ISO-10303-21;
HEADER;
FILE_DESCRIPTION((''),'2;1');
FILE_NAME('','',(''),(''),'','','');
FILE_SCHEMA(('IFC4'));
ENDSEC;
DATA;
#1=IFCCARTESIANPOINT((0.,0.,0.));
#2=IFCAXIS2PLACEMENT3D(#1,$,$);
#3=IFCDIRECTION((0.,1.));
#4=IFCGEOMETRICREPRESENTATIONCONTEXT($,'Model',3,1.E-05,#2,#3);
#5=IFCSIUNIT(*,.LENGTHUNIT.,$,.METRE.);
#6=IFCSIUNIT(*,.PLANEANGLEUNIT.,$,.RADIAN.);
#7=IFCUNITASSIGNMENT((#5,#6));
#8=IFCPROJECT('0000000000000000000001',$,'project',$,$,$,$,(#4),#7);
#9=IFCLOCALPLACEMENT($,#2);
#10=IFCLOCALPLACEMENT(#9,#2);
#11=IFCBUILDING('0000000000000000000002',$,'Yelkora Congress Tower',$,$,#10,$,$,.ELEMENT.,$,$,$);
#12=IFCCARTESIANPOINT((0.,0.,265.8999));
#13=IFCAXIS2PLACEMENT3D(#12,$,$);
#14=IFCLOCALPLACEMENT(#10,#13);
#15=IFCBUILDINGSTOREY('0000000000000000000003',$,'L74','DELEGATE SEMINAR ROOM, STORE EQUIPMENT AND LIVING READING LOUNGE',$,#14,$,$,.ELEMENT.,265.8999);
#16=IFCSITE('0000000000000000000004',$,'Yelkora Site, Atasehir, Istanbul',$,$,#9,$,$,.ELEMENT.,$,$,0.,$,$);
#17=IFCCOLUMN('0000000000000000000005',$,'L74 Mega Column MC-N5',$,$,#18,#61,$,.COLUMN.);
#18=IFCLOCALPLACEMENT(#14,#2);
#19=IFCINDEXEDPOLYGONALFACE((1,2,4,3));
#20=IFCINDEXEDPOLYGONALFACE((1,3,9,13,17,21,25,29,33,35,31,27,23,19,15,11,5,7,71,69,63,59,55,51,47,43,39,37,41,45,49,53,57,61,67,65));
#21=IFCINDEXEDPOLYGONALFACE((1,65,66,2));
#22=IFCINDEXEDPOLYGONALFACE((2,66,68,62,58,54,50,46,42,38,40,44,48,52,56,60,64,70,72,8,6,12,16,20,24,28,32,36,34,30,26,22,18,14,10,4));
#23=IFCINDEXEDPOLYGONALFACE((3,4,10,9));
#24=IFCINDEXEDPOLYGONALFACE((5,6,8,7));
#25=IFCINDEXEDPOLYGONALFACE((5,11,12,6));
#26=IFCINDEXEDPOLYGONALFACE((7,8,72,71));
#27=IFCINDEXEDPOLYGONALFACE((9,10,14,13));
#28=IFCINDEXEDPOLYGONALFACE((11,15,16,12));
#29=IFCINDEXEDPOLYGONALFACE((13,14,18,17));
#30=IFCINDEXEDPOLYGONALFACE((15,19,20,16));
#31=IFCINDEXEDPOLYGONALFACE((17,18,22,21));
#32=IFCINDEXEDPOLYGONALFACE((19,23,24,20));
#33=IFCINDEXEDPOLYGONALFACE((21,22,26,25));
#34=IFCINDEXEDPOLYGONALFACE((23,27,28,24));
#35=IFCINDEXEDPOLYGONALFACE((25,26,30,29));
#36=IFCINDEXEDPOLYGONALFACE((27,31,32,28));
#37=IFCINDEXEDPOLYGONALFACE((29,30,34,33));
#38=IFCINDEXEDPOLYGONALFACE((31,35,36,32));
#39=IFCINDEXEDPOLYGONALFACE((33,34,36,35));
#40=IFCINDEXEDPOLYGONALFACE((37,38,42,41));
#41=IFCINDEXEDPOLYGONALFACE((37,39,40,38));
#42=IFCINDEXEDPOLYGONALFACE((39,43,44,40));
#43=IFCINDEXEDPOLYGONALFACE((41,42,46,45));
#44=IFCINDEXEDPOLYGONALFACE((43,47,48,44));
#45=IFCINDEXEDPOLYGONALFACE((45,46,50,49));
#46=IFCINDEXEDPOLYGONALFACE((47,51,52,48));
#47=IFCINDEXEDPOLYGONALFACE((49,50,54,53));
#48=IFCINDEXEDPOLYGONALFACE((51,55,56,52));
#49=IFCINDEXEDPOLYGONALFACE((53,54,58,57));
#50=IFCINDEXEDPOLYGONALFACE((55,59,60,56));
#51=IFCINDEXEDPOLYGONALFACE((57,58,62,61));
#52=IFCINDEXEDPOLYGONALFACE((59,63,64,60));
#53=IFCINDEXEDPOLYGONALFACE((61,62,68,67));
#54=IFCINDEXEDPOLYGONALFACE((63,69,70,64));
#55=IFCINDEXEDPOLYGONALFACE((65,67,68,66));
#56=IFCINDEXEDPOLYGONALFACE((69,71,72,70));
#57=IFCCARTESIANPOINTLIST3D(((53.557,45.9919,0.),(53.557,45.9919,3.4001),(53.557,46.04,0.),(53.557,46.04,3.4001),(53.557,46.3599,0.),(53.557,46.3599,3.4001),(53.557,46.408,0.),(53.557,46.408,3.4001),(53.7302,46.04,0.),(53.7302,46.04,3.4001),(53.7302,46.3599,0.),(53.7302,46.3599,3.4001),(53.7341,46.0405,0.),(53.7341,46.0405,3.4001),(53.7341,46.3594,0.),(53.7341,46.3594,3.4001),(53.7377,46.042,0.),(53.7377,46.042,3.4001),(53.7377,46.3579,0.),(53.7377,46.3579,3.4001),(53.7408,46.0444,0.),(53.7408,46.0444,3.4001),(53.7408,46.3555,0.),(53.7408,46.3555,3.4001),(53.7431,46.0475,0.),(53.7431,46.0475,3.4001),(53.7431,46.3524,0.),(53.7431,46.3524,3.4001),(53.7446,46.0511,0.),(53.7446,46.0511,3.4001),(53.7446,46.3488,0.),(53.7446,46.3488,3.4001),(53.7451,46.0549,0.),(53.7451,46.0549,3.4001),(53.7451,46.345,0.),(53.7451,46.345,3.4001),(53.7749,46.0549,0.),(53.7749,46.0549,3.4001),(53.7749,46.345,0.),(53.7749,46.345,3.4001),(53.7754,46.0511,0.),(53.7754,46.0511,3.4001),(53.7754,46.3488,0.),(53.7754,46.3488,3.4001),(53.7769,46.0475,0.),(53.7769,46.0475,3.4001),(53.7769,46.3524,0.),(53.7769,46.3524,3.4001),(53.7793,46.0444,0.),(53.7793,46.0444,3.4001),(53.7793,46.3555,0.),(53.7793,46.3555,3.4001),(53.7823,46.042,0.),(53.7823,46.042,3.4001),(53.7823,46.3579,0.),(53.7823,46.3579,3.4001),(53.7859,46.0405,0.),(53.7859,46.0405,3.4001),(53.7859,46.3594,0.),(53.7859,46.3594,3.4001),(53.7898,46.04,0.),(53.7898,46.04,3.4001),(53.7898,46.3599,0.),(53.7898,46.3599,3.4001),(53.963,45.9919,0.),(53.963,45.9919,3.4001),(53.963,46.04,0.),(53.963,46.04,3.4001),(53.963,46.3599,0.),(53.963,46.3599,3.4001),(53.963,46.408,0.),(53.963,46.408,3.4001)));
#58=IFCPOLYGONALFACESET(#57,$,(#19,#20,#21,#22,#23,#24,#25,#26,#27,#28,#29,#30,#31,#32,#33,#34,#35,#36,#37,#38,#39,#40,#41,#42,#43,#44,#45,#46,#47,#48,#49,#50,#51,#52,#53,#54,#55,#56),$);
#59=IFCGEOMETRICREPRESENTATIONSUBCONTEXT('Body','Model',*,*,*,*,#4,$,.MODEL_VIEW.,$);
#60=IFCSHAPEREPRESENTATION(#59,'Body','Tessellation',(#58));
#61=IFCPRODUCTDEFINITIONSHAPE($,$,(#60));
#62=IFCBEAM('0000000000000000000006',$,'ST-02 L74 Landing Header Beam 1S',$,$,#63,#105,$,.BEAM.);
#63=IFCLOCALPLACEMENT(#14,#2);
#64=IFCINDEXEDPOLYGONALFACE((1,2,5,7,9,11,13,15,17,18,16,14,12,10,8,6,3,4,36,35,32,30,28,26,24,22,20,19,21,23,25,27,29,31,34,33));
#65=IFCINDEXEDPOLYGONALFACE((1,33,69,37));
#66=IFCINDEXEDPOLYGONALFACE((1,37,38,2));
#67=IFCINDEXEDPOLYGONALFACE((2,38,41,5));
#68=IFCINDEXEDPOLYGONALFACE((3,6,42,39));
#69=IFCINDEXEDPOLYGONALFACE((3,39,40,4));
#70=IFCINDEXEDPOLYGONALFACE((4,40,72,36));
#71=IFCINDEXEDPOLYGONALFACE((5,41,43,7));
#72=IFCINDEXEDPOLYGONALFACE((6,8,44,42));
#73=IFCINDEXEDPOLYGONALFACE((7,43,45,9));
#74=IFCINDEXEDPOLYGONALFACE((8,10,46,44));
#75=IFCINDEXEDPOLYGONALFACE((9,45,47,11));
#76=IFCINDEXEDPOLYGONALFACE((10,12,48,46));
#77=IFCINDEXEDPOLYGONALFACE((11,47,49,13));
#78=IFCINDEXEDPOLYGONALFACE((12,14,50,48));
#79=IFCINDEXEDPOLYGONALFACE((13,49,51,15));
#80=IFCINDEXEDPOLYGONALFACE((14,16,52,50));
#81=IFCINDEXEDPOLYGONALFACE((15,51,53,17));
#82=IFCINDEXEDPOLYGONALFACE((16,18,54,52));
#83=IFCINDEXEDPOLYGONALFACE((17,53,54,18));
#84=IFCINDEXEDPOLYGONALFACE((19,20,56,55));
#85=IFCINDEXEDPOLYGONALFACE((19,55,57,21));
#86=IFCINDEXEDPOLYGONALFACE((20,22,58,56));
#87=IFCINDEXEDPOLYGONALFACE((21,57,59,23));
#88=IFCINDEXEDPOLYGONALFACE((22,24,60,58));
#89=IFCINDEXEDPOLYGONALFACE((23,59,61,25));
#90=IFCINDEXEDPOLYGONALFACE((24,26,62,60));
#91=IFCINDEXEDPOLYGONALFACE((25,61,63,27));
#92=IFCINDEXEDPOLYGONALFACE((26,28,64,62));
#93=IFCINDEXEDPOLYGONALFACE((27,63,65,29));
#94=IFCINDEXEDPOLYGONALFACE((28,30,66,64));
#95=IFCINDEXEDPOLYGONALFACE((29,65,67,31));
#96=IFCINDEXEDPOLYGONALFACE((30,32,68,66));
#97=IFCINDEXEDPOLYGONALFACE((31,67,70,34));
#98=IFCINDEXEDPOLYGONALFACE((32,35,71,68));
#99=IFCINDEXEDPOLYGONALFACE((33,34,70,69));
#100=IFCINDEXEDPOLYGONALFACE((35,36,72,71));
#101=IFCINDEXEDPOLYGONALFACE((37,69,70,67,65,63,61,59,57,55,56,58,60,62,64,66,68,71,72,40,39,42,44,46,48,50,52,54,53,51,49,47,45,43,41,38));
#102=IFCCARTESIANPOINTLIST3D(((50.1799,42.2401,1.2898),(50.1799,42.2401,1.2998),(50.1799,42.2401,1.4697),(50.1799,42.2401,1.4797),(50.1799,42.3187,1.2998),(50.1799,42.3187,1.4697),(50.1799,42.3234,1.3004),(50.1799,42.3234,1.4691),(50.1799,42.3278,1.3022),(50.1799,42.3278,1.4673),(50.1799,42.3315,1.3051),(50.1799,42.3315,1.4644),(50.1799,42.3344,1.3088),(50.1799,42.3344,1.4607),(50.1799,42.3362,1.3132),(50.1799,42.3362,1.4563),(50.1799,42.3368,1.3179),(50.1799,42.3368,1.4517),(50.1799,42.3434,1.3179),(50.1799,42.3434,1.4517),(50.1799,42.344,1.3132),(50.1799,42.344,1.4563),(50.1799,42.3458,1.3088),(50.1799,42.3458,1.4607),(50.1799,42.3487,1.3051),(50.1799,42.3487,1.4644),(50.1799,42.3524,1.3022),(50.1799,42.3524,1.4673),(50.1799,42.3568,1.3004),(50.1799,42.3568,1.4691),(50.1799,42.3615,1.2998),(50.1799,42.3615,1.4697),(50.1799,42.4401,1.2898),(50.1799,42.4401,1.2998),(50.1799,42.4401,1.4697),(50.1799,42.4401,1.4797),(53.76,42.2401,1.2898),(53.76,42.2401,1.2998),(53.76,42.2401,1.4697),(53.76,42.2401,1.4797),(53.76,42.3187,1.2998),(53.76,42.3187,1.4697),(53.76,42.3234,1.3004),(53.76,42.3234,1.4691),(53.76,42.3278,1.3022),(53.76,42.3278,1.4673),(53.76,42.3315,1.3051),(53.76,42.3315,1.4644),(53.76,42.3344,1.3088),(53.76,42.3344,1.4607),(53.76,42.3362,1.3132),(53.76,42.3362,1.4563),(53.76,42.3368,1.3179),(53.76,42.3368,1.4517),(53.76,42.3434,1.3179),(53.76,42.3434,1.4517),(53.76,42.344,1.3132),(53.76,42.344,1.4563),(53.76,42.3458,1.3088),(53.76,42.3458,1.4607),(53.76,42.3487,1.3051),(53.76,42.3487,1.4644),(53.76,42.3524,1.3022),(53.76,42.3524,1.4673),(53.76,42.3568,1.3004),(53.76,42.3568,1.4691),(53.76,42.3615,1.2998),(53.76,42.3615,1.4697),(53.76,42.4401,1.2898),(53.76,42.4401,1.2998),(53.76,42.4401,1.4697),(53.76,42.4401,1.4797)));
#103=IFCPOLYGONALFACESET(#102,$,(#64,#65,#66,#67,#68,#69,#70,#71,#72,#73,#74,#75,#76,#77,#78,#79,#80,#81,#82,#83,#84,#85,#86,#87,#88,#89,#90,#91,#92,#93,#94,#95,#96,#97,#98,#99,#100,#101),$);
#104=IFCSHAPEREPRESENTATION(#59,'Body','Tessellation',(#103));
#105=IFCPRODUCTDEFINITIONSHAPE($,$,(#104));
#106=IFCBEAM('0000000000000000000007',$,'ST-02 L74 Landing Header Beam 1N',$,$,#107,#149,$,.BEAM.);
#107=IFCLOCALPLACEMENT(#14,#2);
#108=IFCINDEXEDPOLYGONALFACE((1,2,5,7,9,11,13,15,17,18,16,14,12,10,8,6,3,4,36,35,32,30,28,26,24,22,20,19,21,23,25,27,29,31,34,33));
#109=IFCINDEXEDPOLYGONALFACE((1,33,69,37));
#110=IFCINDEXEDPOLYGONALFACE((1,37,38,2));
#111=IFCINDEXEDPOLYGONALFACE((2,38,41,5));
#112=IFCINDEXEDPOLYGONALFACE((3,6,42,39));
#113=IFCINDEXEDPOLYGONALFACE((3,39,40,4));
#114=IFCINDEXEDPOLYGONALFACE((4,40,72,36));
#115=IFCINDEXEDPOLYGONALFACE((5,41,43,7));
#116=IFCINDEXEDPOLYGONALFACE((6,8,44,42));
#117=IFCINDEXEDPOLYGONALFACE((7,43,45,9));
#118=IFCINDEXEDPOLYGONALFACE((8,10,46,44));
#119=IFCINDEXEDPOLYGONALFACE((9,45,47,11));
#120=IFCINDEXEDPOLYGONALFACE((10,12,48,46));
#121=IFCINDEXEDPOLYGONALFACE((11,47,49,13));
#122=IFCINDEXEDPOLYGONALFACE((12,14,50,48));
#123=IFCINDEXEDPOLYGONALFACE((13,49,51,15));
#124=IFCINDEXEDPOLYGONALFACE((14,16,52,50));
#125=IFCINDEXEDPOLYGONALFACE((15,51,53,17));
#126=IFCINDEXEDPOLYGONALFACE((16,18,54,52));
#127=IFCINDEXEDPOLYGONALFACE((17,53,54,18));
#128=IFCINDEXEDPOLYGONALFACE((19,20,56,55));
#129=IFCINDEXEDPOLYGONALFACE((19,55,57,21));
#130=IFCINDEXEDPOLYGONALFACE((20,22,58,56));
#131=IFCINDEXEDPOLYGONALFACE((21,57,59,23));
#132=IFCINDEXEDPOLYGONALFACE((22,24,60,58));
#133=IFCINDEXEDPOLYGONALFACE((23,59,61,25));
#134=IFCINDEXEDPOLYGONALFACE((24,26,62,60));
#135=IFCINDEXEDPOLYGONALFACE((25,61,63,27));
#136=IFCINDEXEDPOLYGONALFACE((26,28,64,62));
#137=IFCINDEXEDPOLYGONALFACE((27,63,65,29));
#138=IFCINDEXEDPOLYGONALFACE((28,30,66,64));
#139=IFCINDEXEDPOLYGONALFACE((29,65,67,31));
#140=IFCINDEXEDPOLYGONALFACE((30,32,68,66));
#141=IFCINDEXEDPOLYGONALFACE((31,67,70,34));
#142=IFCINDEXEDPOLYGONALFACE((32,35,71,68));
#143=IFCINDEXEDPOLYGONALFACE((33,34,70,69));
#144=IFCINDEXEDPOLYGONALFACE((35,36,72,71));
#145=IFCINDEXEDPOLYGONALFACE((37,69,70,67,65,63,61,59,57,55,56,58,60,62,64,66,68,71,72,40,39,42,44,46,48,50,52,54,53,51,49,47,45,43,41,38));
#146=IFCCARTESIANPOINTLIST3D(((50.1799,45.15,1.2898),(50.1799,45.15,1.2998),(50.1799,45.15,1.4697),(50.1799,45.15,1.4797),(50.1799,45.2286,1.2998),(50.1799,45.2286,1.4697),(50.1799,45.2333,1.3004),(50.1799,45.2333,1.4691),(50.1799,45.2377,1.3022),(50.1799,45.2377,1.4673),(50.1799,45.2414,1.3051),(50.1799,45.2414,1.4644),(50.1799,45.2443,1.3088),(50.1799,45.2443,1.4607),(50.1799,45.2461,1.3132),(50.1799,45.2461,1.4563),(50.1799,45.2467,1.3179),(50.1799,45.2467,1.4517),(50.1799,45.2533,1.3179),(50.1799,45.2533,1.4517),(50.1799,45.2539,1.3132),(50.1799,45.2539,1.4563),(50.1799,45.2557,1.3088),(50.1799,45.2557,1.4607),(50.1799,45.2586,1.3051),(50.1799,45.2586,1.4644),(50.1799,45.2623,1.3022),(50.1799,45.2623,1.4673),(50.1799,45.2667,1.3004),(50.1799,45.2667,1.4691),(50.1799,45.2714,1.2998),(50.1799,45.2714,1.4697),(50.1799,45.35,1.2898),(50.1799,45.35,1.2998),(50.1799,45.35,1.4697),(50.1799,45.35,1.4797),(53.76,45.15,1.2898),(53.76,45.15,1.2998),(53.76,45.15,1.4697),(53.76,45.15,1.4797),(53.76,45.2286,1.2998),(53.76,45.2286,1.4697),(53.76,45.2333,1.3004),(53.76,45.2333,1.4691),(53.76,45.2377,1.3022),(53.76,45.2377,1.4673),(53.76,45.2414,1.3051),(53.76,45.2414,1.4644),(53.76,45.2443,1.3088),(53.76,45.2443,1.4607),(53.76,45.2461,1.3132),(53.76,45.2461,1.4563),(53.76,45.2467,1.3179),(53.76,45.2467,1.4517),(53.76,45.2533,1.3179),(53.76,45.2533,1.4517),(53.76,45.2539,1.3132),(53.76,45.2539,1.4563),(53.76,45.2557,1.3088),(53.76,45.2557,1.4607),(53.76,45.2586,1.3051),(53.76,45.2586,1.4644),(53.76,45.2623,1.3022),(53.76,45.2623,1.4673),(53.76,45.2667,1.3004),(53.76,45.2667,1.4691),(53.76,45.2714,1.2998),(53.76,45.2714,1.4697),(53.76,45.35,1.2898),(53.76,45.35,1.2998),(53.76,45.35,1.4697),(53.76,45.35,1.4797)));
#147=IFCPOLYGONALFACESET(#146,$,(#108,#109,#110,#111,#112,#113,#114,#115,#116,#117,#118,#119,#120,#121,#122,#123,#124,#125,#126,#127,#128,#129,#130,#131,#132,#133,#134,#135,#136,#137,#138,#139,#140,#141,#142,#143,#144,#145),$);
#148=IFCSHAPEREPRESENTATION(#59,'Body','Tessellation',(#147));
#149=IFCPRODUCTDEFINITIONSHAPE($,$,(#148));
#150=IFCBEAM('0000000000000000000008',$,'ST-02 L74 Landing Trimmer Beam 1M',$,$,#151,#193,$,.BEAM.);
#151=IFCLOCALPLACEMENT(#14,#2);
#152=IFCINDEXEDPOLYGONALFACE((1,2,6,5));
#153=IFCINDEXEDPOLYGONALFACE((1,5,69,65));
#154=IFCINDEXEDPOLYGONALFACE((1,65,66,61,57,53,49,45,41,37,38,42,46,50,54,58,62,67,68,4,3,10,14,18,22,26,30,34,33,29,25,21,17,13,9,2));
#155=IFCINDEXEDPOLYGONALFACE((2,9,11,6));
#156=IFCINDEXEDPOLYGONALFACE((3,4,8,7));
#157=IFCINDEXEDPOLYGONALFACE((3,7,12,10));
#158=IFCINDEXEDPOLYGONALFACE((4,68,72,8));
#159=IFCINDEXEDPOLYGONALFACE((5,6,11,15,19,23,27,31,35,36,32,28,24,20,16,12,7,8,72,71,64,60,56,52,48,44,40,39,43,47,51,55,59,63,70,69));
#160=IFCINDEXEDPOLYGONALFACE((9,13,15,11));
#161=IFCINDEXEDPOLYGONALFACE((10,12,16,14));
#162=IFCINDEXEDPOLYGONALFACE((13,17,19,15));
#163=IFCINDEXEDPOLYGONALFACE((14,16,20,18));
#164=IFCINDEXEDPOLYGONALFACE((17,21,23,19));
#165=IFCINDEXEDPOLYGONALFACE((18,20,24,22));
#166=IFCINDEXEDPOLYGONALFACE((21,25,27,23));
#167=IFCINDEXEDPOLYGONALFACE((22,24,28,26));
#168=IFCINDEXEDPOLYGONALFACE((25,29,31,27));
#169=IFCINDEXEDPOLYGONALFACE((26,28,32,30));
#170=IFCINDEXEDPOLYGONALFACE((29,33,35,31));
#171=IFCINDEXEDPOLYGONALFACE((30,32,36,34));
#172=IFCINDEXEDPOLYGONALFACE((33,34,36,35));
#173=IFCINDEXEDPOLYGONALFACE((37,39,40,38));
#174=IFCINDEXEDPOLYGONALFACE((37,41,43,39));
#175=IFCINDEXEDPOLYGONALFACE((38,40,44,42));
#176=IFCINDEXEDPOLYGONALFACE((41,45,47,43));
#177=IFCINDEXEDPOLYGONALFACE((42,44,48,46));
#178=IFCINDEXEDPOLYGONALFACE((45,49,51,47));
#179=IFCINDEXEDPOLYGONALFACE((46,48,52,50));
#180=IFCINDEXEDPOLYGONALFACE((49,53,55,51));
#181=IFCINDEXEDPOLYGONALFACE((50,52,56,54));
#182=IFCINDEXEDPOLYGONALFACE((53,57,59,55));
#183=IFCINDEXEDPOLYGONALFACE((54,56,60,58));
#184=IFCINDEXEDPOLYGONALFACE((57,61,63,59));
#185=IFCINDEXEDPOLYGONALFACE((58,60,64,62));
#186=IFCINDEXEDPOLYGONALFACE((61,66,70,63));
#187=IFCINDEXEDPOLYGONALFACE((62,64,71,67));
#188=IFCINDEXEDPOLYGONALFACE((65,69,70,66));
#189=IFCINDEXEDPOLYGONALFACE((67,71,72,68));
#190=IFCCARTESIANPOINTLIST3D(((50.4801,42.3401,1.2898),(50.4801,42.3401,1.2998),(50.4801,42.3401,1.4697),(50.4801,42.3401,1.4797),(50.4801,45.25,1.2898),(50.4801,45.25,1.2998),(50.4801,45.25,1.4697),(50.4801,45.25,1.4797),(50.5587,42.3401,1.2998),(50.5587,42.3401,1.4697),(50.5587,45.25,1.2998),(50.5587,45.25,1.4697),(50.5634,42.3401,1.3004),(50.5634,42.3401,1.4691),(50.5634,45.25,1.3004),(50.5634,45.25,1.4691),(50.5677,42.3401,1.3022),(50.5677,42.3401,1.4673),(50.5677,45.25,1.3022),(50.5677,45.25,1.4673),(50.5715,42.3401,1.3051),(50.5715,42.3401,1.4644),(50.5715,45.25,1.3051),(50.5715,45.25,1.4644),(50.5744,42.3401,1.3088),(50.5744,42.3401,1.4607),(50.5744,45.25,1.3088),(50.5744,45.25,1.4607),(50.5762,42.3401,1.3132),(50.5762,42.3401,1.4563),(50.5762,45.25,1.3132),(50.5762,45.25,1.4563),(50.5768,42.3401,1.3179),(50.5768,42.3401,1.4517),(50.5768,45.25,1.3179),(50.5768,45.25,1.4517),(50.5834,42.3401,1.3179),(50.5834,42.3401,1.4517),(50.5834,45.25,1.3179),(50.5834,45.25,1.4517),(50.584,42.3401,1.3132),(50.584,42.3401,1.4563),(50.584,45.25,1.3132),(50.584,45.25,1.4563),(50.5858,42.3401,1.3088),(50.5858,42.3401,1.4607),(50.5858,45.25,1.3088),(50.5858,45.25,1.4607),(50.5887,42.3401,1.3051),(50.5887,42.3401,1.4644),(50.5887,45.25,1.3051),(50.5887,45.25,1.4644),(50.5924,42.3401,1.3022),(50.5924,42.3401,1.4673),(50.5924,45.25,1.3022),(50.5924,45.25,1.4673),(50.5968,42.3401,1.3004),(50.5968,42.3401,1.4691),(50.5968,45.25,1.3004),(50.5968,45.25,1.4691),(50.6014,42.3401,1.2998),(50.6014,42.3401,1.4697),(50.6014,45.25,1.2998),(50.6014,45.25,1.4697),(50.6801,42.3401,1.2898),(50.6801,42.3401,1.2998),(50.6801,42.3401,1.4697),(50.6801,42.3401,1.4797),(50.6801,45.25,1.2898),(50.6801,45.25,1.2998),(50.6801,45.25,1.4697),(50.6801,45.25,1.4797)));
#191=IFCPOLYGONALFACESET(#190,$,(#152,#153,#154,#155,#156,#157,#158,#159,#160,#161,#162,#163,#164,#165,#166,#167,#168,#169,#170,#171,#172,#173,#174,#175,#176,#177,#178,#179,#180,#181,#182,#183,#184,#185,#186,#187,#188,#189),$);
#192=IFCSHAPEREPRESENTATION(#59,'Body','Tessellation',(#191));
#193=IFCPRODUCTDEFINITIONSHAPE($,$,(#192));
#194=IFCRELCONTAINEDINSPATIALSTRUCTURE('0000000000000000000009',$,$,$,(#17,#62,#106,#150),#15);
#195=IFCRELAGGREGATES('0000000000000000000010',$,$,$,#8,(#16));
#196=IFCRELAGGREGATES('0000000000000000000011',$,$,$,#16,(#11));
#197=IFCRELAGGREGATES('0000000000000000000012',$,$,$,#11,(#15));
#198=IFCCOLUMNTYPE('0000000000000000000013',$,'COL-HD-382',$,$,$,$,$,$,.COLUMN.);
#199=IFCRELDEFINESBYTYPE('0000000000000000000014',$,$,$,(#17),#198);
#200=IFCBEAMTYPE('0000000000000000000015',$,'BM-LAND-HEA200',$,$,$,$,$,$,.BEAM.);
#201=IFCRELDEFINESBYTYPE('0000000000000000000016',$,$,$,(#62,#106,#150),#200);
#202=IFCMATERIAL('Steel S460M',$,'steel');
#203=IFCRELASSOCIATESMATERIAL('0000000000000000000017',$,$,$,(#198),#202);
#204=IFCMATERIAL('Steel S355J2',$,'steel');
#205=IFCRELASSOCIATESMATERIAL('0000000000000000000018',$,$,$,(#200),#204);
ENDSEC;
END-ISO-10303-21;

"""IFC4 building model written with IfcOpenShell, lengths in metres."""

from ifc_helpers import new_model, si_unit, direction, frame, origin, origin_2d, place, context, subcontext, project, spatial, i_section, extrude, material, material_profile, profile_set, type_object, element, save


model = new_model("IFC4")

# Units and contexts
model_context = context("Model", 3, precision=1e-05, world=origin(), true_north=direction((0.0, 1.0)))
body_context = subcontext(model_context, "Body", "Model", "MODEL_VIEW")
ifc_project = project(units=[si_unit("LENGTHUNIT", "METRE"), si_unit("PLANEANGLEUNIT", "RADIAN")], contexts=[model_context])

# Site, building, storey
site_placement = place(None, origin())
site = spatial("IfcSite", under=ifc_project, at=site_placement, Name="Yelkora Site, Atasehir, Istanbul", CompositionType="ELEMENT", RefElevation=0.0)
building_placement = place(site_placement, origin())
building = spatial("IfcBuilding", under=site, at=building_placement, Name="Yelkora Congress Tower", CompositionType="ELEMENT")
storey_placement = place(building_placement, frame((0.0, 0.0, 265.8999)))
storey = spatial("IfcBuildingStorey", under=building, at=storey_placement, Name="L74", Description="DELEGATE SEMINAR ROOM, STORE EQUIPMENT AND LIVING READING LOUNGE", CompositionType="ELEMENT", Elevation=265.8999)

# Column
ifc_material_1 = material(Name="Steel S460M", Category="steel")
ifc_material_profile_1 = material_profile(ifc_material_1, i_section(OverallWidth=0.406, OverallDepth=0.416, WebThickness=0.0298, FlangeThickness=0.0481, FilletRadius=0.0149, at=origin_2d()), Name="HD 400x382")
ifc_profile_set_1 = profile_set([ifc_material_profile_1], Name="Steel S460M")
column_type = type_object("IfcColumnType", Name="COL-HD-382", PredefinedType="COLUMN", material=ifc_profile_set_1)
column_placement = place(storey_placement, frame((53.76, 46.2, 0.0), z_axis=(0.0, 0.0, 1.0), x_axis=(1.0, 0.0, 0.0)))
element("IfcColumn", 1, at=column_placement, inside=storey, type_object=column_type, Name="L74 Mega Column MC-N5", PredefinedType="COLUMN", context=body_context, shape_type="SweptSolid", body=[
    extrude(i_section(OverallWidth=0.406, OverallDepth=0.416, WebThickness=0.0298, FlangeThickness=0.0481, FilletRadius=0.0149, at=origin_2d()), origin(), (0.0, 0.0, 1.0), 3.4001),
])

# Beams
ifc_material_2 = material(Name="Steel S355J2", Category="steel")
ifc_material_profile_2 = material_profile(ifc_material_2, i_section(OverallWidth=0.2, OverallDepth=0.1899, WebThickness=0.0066, FlangeThickness=0.01, FilletRadius=0.0181, at=origin_2d()), Name="HEA 200")
ifc_profile_set_2 = profile_set([ifc_material_profile_2], Name="Steel S355J2")
beam_type = type_object("IfcBeamType", Name="BM-LAND-HEA200", PredefinedType="BEAM", material=ifc_profile_set_2)
for number, where, z_axis, x_axis, name in (
    (2, (50.1799, 42.3401, 1.3848), (1.0, 0.0, 0.0), (0.0, 1.0, 0.0), "ST-02 L74 Landing Header Beam 1S"),
    (3, (50.1799, 45.25, 1.3848), (1.0, 0.0, 0.0), (0.0, 1.0, 0.0), "ST-02 L74 Landing Header Beam 1N"),
):
    element("IfcBeam", number, at=place(storey_placement, frame(where, z_axis=z_axis, x_axis=x_axis)), inside=storey, type_object=beam_type, Name=name, PredefinedType="BEAM", context=body_context, shape_type="SweptSolid", body=[
        extrude(i_section(OverallWidth=0.2, OverallDepth=0.1899, WebThickness=0.0066, FlangeThickness=0.01, FilletRadius=0.0181, at=origin_2d()), origin(), (0.0, 0.0, 1.0), 3.5801),
    ])
beam_placement = place(storey_placement, frame((50.5801, 42.3401, 1.3848), z_axis=(0.0, 1.0, 0.0), x_axis=(-1.0, 0.0, 0.0)))
element("IfcBeam", 4, at=beam_placement, inside=storey, type_object=beam_type, Name="ST-02 L74 Landing Trimmer Beam 1M", PredefinedType="BEAM", context=body_context, shape_type="SweptSolid", body=[
    extrude(i_section(OverallWidth=0.2, OverallDepth=0.1899, WebThickness=0.0066, FlangeThickness=0.01, FilletRadius=0.0181, at=origin_2d()), origin(), (0.0, 0.0, 1.0), 2.9099),
])

save(model, "model.ifc")
